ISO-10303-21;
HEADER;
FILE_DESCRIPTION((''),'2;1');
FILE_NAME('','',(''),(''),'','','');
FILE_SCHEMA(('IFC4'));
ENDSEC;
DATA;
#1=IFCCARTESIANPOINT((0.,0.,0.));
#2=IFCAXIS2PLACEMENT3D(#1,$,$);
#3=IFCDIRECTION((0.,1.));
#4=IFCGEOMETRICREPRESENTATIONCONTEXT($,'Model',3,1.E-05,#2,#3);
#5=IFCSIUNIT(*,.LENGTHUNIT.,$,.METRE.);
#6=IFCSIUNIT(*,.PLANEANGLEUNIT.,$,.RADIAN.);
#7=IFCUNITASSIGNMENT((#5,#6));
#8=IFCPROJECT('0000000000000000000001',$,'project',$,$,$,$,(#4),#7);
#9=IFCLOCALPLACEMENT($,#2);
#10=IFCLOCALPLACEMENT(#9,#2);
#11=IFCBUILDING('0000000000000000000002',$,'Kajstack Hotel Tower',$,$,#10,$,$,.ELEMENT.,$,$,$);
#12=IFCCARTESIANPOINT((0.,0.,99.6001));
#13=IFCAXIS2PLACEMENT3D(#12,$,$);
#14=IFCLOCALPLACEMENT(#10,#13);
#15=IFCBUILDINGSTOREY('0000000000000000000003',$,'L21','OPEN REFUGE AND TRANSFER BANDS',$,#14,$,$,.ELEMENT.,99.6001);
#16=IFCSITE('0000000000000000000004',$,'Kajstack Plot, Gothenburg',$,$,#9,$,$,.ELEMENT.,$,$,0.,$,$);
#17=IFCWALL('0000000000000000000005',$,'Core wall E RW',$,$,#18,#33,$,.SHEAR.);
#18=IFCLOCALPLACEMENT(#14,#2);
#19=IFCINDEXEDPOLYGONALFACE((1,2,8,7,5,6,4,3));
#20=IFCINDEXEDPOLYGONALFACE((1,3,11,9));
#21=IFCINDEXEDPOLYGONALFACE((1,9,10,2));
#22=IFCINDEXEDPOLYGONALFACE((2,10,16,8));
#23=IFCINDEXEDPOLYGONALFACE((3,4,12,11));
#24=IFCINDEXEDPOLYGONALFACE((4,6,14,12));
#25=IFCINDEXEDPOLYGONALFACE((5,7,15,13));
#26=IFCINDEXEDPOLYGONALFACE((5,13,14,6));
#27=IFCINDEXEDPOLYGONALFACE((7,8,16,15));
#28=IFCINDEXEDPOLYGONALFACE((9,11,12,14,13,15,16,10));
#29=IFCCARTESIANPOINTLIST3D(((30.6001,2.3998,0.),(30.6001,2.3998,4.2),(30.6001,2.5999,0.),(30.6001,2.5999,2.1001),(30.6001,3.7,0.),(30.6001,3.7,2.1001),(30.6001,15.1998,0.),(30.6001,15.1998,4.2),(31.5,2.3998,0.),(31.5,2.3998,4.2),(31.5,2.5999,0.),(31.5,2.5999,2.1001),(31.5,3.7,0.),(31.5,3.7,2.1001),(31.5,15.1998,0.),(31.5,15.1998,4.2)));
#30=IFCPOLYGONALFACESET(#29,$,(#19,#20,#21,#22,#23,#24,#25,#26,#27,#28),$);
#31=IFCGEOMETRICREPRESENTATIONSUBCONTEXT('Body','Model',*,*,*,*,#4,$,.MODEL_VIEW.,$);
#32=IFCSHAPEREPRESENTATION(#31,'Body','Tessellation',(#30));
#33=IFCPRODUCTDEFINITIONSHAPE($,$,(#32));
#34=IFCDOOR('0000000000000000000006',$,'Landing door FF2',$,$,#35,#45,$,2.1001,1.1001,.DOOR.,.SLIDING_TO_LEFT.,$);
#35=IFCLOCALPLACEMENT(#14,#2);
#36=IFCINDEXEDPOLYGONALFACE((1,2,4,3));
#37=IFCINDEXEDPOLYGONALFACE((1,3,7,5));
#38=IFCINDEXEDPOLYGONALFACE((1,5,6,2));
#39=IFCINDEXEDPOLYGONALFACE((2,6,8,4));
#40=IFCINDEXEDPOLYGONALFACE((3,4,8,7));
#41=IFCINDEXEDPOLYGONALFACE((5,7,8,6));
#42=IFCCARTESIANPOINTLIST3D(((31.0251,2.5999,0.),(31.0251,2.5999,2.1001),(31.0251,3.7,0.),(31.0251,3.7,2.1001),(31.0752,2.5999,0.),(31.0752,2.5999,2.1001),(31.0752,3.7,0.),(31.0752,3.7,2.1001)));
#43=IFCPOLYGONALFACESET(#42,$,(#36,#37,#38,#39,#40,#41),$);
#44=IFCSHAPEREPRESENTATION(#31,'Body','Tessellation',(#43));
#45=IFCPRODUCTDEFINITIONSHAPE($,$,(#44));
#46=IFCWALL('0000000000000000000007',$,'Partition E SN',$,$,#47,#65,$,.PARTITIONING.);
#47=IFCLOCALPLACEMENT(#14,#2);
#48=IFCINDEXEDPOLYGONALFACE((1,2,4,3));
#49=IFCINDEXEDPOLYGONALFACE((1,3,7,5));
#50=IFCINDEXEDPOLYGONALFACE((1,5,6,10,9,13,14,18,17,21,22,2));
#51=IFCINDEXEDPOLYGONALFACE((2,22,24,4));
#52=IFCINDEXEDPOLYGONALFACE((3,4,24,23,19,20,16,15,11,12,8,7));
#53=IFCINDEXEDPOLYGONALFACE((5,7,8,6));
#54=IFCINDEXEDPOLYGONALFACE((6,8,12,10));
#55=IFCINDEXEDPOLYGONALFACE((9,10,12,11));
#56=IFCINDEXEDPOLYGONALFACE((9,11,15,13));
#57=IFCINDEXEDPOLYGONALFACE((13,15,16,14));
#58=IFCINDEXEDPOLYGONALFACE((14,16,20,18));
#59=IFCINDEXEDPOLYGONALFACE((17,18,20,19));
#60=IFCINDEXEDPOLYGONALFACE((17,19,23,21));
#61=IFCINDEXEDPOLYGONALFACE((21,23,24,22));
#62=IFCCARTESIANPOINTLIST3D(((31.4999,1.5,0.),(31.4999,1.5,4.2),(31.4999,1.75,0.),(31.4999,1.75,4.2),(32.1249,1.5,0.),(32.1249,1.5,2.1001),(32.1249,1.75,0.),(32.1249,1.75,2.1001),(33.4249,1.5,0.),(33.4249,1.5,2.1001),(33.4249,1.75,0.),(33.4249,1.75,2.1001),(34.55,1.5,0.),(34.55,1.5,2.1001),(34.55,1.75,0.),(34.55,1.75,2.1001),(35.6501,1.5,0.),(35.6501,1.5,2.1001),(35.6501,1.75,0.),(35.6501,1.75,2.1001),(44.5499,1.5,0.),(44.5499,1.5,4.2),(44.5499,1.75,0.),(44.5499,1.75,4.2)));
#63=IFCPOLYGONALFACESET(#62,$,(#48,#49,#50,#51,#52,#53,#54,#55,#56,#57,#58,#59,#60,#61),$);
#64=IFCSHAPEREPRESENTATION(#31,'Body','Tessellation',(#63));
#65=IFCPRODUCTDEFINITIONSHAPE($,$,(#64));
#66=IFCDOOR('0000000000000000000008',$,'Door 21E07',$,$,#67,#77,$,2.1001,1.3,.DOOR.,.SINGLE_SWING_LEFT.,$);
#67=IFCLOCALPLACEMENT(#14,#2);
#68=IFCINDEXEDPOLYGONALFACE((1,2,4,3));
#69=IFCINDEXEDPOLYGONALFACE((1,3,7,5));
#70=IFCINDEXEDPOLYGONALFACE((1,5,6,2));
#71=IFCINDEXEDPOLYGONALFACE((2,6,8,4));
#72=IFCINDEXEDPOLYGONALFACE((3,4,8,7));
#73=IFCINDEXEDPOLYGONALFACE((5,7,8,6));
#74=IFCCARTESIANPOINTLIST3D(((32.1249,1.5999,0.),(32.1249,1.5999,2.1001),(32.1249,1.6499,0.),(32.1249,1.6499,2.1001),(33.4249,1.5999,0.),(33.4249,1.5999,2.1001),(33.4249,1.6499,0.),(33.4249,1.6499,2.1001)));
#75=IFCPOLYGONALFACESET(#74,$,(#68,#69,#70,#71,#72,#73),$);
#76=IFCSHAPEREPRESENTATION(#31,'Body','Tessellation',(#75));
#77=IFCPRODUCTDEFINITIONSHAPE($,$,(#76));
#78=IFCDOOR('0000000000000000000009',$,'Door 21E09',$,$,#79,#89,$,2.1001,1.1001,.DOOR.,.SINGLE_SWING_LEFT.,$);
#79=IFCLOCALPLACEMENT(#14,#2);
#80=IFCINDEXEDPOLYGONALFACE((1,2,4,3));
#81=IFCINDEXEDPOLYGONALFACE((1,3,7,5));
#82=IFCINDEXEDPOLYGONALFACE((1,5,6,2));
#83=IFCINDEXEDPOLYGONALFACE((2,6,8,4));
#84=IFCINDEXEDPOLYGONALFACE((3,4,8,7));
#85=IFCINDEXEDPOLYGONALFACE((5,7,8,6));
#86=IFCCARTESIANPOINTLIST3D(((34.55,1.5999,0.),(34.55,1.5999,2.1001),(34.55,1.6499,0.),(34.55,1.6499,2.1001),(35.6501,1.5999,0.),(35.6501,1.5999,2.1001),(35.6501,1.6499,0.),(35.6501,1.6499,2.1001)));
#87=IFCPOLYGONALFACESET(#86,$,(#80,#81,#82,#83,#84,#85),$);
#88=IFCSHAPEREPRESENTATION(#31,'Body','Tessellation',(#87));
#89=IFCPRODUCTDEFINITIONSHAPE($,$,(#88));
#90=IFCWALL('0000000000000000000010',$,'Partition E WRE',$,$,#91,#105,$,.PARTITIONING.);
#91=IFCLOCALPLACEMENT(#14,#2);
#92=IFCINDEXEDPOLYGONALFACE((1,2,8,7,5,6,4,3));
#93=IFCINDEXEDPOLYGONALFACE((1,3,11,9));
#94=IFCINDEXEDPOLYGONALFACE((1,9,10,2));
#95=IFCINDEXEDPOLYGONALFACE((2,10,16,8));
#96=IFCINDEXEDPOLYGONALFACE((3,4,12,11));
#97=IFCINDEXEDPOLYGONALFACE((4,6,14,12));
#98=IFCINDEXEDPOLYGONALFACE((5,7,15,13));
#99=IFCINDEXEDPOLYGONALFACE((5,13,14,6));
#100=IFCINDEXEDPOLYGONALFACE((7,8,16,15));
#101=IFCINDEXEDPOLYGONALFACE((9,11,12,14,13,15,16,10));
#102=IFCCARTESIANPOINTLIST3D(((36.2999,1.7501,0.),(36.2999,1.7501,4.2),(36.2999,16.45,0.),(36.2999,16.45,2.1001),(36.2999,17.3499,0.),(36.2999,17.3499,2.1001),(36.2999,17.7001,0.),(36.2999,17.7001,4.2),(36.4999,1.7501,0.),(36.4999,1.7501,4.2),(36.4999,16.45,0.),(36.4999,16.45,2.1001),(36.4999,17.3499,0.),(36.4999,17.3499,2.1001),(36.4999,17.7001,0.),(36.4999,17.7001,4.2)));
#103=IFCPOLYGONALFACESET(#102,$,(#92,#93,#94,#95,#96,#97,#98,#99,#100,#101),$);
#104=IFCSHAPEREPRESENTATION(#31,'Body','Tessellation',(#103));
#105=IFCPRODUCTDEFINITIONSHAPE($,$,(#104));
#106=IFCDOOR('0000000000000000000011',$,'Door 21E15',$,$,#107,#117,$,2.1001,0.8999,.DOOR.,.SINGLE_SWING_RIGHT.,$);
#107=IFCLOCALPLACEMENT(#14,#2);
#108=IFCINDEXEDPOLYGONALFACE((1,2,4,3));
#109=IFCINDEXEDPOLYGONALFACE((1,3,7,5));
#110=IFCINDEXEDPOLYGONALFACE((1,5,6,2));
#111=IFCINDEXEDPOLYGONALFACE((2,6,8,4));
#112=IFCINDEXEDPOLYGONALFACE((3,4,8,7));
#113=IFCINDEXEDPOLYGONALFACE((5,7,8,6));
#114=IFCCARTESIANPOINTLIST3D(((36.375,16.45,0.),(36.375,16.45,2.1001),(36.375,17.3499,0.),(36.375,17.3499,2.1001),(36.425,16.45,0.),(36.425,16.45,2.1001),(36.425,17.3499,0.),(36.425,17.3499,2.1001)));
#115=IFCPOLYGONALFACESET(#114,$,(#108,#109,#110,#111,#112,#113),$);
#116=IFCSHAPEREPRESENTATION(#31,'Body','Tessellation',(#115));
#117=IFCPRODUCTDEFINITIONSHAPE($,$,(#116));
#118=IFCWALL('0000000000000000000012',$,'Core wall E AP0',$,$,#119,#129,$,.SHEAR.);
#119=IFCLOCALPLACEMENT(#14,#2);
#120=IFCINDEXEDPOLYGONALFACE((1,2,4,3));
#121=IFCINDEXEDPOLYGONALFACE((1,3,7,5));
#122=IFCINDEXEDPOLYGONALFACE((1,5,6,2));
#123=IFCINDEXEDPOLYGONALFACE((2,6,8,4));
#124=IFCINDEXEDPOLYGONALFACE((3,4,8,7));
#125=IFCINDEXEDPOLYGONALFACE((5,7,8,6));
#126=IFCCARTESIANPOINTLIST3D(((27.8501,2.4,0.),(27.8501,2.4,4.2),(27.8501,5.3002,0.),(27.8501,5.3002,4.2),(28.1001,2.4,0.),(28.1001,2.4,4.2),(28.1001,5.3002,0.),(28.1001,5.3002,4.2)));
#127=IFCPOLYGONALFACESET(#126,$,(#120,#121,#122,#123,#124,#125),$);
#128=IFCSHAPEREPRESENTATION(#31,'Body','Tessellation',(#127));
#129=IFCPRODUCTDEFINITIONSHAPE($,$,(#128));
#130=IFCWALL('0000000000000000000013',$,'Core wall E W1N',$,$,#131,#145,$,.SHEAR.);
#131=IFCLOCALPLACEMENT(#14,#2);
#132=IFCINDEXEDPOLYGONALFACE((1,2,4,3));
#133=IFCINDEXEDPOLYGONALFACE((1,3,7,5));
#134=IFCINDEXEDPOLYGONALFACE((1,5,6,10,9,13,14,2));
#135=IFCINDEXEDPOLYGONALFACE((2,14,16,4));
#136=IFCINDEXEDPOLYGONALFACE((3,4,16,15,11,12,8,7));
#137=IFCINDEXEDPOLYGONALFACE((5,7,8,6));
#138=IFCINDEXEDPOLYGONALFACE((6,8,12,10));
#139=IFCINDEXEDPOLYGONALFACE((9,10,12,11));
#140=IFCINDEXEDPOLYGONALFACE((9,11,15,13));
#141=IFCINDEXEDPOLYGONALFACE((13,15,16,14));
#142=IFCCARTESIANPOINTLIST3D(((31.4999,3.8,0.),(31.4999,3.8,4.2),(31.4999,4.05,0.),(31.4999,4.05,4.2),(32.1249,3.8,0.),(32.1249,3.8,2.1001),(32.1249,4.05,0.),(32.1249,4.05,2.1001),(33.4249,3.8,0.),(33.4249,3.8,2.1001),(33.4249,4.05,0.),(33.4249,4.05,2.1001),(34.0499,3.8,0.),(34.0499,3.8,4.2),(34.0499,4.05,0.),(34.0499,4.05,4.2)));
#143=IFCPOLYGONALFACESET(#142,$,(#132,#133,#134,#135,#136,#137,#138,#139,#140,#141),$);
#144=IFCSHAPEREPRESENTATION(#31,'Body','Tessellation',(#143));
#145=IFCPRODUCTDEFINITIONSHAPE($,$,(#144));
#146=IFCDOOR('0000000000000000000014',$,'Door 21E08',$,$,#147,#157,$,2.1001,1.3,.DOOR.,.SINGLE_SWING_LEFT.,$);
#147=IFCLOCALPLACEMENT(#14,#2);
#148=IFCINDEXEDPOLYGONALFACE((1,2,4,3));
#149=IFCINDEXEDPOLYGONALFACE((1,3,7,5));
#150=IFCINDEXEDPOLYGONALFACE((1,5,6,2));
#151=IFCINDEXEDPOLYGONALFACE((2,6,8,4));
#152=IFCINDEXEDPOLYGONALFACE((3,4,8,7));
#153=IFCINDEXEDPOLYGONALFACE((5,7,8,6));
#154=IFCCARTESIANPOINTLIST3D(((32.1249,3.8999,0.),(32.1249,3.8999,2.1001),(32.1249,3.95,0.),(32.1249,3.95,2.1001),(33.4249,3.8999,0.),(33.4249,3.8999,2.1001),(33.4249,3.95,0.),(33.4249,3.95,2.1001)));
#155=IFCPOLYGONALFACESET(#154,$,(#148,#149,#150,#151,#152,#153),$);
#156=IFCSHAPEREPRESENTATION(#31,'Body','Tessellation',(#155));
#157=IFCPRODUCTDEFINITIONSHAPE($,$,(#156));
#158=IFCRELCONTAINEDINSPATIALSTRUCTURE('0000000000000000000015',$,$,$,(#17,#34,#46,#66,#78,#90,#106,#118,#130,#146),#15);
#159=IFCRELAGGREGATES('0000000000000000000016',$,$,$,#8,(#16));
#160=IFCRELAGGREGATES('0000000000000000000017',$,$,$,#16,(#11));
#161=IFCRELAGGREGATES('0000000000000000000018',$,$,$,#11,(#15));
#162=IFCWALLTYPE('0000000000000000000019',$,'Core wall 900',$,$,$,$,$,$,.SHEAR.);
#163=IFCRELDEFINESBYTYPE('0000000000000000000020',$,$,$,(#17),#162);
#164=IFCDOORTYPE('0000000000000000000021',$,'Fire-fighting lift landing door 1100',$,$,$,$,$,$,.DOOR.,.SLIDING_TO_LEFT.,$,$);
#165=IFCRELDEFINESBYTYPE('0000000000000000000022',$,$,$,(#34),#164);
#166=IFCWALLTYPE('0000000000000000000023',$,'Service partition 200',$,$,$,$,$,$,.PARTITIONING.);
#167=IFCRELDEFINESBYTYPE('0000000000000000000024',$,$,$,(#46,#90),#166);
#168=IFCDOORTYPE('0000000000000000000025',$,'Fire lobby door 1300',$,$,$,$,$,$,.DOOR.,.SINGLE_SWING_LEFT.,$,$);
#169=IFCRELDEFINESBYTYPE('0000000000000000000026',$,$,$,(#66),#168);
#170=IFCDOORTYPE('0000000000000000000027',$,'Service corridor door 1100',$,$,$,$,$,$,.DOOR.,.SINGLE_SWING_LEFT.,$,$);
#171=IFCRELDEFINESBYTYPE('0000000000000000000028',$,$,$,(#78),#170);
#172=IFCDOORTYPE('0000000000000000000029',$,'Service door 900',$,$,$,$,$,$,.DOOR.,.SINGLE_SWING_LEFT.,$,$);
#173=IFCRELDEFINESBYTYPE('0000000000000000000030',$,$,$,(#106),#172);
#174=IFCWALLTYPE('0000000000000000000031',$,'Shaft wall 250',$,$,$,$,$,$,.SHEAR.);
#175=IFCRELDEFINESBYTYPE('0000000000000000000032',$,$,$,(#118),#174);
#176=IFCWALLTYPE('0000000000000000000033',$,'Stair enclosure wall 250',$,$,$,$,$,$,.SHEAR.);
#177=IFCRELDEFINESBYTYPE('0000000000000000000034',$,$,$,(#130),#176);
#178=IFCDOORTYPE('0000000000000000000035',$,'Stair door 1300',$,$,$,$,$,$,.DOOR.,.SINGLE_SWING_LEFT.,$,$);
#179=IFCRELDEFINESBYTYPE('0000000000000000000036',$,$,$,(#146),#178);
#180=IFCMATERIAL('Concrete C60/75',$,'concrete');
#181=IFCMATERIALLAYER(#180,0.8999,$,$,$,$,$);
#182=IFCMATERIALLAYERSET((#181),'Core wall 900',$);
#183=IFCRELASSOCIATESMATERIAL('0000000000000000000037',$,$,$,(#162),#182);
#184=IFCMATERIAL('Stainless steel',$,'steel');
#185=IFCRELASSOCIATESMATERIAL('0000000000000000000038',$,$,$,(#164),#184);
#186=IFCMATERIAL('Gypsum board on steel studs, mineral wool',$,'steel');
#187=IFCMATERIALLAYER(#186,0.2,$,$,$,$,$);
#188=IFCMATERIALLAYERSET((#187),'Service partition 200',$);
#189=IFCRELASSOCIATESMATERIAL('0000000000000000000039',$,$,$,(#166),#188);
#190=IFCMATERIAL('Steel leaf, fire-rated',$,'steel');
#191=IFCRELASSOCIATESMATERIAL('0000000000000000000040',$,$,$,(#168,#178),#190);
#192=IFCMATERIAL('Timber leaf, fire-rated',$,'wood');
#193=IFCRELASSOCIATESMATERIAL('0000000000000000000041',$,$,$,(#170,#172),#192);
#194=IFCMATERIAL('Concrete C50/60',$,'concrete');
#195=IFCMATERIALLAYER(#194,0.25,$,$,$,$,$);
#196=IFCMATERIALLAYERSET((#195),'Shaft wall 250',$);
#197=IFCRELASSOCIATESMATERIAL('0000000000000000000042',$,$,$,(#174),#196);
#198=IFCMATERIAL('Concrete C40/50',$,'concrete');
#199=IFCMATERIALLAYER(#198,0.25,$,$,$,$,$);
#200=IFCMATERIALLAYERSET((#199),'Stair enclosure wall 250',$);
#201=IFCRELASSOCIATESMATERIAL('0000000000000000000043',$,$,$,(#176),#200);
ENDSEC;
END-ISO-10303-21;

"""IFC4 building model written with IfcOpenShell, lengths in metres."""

from ifc_helpers import new_model, si_unit, direction, frame, frame_2d, origin, place, context, subcontext, project, spatial, rectangle, extrude, material, layer, layer_set, type_object, element, fill, save


model = new_model("IFC4")

# Units and contexts
model_context = context("Model", 3, precision=1e-05, world=origin(), true_north=direction((0.0, 1.0)))
body_context = subcontext(model_context, "Body", "Model", "MODEL_VIEW")
ifc_project = project(units=[si_unit("LENGTHUNIT", "METRE"), si_unit("PLANEANGLEUNIT", "RADIAN")], contexts=[model_context])

# Site, building, storey
site_placement = place(None, origin())
site = spatial("IfcSite", under=ifc_project, at=site_placement, Name="Kajstack Plot, Gothenburg", CompositionType="ELEMENT", RefElevation=0.0)
building_placement = place(site_placement, origin())
building = spatial("IfcBuilding", under=site, at=building_placement, Name="Kajstack Hotel Tower", CompositionType="ELEMENT")
storey_placement = place(building_placement, frame((0.0, 0.0, 99.6001)))
storey = spatial("IfcBuildingStorey", under=building, at=storey_placement, Name="L21", Description="OPEN REFUGE AND TRANSFER BANDS", CompositionType="ELEMENT", Elevation=99.6001)

# Wall, opening, door
ifc_material_1 = material(Name="Concrete C60/75", Category="concrete")
ifc_layer_1 = layer(ifc_material_1, 0.8999)
ifc_layer_set_1 = layer_set([ifc_layer_1], Name="Core wall 900")
wall_type_1 = type_object("IfcWallType", Name="Core wall 900", PredefinedType="SHEAR", material=ifc_layer_set_1)
wall_1_placement = place(storey_placement, frame((31.05, 2.3999, 0.0), z_axis=(0.0, 0.0, 1.0), x_axis=(0.0, 1.0, 0.0)))
wall_1 = element("IfcWall", 1, at=wall_1_placement, inside=storey, type_object=wall_type_1, Name="Core wall E RW", PredefinedType="SHEAR", context=body_context, shape_type="SweptSolid", body=[
    extrude(rectangle(XDim=12.8, YDim=0.8999, at=frame_2d((6.3999, 0.0))), origin(), (0.0, 0.0, 1.0), 4.2),
])
opening_1_placement = place(wall_1_placement, frame((0.2, 0.0, 0.0)))
opening_1 = element("IfcOpeningElement", 2, at=opening_1_placement, cuts=wall_1, PredefinedType="OPENING", context=body_context, shape_type="SweptSolid", body=[
    extrude(rectangle(XDim=1.1001, YDim=2.1001, at=frame_2d((0.55, 1.05))), frame((0.0, 0.46, 0.0), z_axis=(0.0, -1.0, 0.0), x_axis=(1.0, 0.0, 0.0)), (0.0, 0.0, 1.0), 0.9199),
])
ifc_material_2 = material(Name="Stainless steel", Category="steel")
door_type_1 = type_object("IfcDoorType", Name="Fire-fighting lift landing door 1100", OperationType="SLIDING_TO_LEFT", PredefinedType="DOOR", material=ifc_material_2)
door_1_placement = place(opening_1_placement, origin())
door_1 = element("IfcDoor", 3, at=door_1_placement, inside=storey, type_object=door_type_1, Name="Landing door FF2", OperationType="SLIDING_TO_LEFT", OverallHeight=2.1001, OverallWidth=1.1001, PredefinedType="DOOR", context=body_context, shape_type="SweptSolid", body=[
    extrude(rectangle(XDim=1.1001, YDim=2.1001, at=frame_2d((0.55, 1.05))), frame((0.0, 0.0249, 0.0), z_axis=(0.0, -1.0, 0.0), x_axis=(1.0, 0.0, 0.0)), (0.0, 0.0, 1.0), 0.05),
])
fill(opening_1, door_1)

# Wall, openings, doors
ifc_material_3 = material(Name="Gypsum board on steel studs, mineral wool", Category="steel")
ifc_layer_2 = layer(ifc_material_3, 0.2)
ifc_layer_set_2 = layer_set([ifc_layer_2], Name="Service partition 200")
wall_type_2 = type_object("IfcWallType", Name="Service partition 200", PredefinedType="PARTITIONING", material=ifc_layer_set_2)
wall_2_placement = place(storey_placement, frame((31.5, 1.625, 0.0), z_axis=(0.0, 0.0, 1.0), x_axis=(1.0, 0.0, 0.0)))
wall_2 = element("IfcWall", 4, at=wall_2_placement, inside=storey, type_object=wall_type_2, Name="Partition E SN", PredefinedType="PARTITIONING", context=body_context, shape_type="SweptSolid", body=[
    extrude(rectangle(XDim=13.05, YDim=0.25, at=frame_2d((6.5249, 0.0))), origin(), (0.0, 0.0, 1.0), 4.2),
])
opening_2_placement = place(wall_2_placement, frame((0.625, 0.0, 0.0)))
opening_2 = element("IfcOpeningElement", 5, at=opening_2_placement, cuts=wall_2, PredefinedType="OPENING", context=body_context, shape_type="SweptSolid", body=[
    extrude(rectangle(XDim=1.3, YDim=2.1001, at=frame_2d((0.6499, 1.05))), frame((0.0, 0.135, 0.0), z_axis=(0.0, -1.0, 0.0), x_axis=(1.0, 0.0, 0.0)), (0.0, 0.0, 1.0), 0.27),
])
opening_3_placement = place(wall_2_placement, frame((3.05, 0.0, 0.0)))
opening_3 = element("IfcOpeningElement", 6, at=opening_3_placement, cuts=wall_2, PredefinedType="OPENING", context=body_context, shape_type="SweptSolid", body=[
    extrude(rectangle(XDim=1.1001, YDim=2.1001, at=frame_2d((0.55, 1.05))), frame((0.0, 0.135, 0.0), z_axis=(0.0, -1.0, 0.0), x_axis=(1.0, 0.0, 0.0)), (0.0, 0.0, 1.0), 0.27),
])
ifc_material_4 = material(Name="Steel leaf, fire-rated", Category="steel")
door_type_2 = type_object("IfcDoorType", Name="Fire lobby door 1300", OperationType="SINGLE_SWING_LEFT", PredefinedType="DOOR", material=ifc_material_4)
door_2_placement = place(opening_2_placement, origin())
door_2 = element("IfcDoor", 7, at=door_2_placement, inside=storey, type_object=door_type_2, Name="Door 21E07", OperationType="SINGLE_SWING_LEFT", OverallHeight=2.1001, OverallWidth=1.3, PredefinedType="DOOR", context=body_context, shape_type="SweptSolid", body=[
    extrude(rectangle(XDim=1.3, YDim=2.1001, at=frame_2d((0.6499, 1.05))), frame((0.0, 0.0249, 0.0), z_axis=(0.0, -1.0, 0.0), x_axis=(1.0, 0.0, 0.0)), (0.0, 0.0, 1.0), 0.05),
])
fill(opening_2, door_2)
ifc_material_5 = material(Name="Timber leaf, fire-rated", Category="wood")
door_type_3 = type_object("IfcDoorType", Name="Service corridor door 1100", OperationType="SINGLE_SWING_LEFT", PredefinedType="DOOR", material=ifc_material_5)
door_3_placement = place(opening_3_placement, origin())
door_3 = element("IfcDoor", 8, at=door_3_placement, inside=storey, type_object=door_type_3, Name="Door 21E09", OperationType="SINGLE_SWING_LEFT", OverallHeight=2.1001, OverallWidth=1.1001, PredefinedType="DOOR", context=body_context, shape_type="SweptSolid", body=[
    extrude(rectangle(XDim=1.1001, YDim=2.1001, at=frame_2d((0.55, 1.05))), frame((0.0, 0.0249, 0.0), z_axis=(0.0, -1.0, 0.0), x_axis=(1.0, 0.0, 0.0)), (0.0, 0.0, 1.0), 0.05),
])
fill(opening_3, door_3)

# Wall, opening, door
wall_3_placement = place(storey_placement, frame((36.3999, 1.75, 0.0), z_axis=(0.0, 0.0, 1.0), x_axis=(0.0, 1.0, 0.0)))
wall_3 = element("IfcWall", 9, at=wall_3_placement, inside=storey, type_object=wall_type_2, Name="Partition E WRE", PredefinedType="PARTITIONING", context=body_context, shape_type="SweptSolid", body=[
    extrude(rectangle(XDim=15.95, YDim=0.2, at=frame_2d((7.9751, 0.0))), origin(), (0.0, 0.0, 1.0), 4.2),
])
opening_4_placement = place(wall_3_placement, frame((14.7, 0.0, 0.0)))
opening_4 = element("IfcOpeningElement", 10, at=opening_4_placement, cuts=wall_3, PredefinedType="OPENING", context=body_context, shape_type="SweptSolid", body=[
    extrude(rectangle(XDim=0.8999, YDim=2.1001, at=frame_2d((0.45, 1.05))), frame((0.0, 0.1099, 0.0), z_axis=(0.0, -1.0, 0.0), x_axis=(1.0, 0.0, 0.0)), (0.0, 0.0, 1.0), 0.22),
])
door_type_4 = type_object("IfcDoorType", Name="Service door 900", OperationType="SINGLE_SWING_LEFT", PredefinedType="DOOR", material=ifc_material_5)
door_4_placement = place(opening_4_placement, origin())
door_4 = element("IfcDoor", 11, at=door_4_placement, inside=storey, type_object=door_type_4, Name="Door 21E15", OperationType="SINGLE_SWING_RIGHT", OverallHeight=2.1001, OverallWidth=0.8999, PredefinedType="DOOR", context=body_context, shape_type="SweptSolid", body=[
    extrude(rectangle(XDim=0.8999, YDim=2.1001, at=frame_2d((0.45, 1.05))), frame((0.0, 0.0249, 0.0), z_axis=(0.0, -1.0, 0.0), x_axis=(1.0, 0.0, 0.0)), (0.0, 0.0, 1.0), 0.05),
])
fill(opening_4, door_4)

# Wall
ifc_material_6 = material(Name="Concrete C50/60", Category="concrete")
ifc_layer_3 = layer(ifc_material_6, 0.25)
ifc_layer_set_3 = layer_set([ifc_layer_3], Name="Shaft wall 250")
wall_type_3 = type_object("IfcWallType", Name="Shaft wall 250", PredefinedType="SHEAR", material=ifc_layer_set_3)
wall_4_placement = place(storey_placement, frame((27.9751, 2.3999, 0.0), z_axis=(0.0, 0.0, 1.0), x_axis=(0.0, 1.0, 0.0)))
element("IfcWall", 12, at=wall_4_placement, inside=storey, type_object=wall_type_3, Name="Core wall E AP0", PredefinedType="SHEAR", context=body_context, shape_type="SweptSolid", body=[
    extrude(rectangle(XDim=2.9001, YDim=0.25, at=frame_2d((1.4502, 0.0))), origin(), (0.0, 0.0, 1.0), 4.2),
])

# Wall, opening, door
ifc_material_7 = material(Name="Concrete C40/50", Category="concrete")
ifc_layer_4 = layer(ifc_material_7, 0.25)
ifc_layer_set_4 = layer_set([ifc_layer_4], Name="Stair enclosure wall 250")
wall_type_4 = type_object("IfcWallType", Name="Stair enclosure wall 250", PredefinedType="SHEAR", material=ifc_layer_set_4)
wall_5_placement = place(storey_placement, frame((31.5, 3.925, 0.0), z_axis=(0.0, 0.0, 1.0), x_axis=(1.0, 0.0, 0.0)))
wall_5 = element("IfcWall", 13, at=wall_5_placement, inside=storey, type_object=wall_type_4, Name="Core wall E W1N", PredefinedType="SHEAR", context=body_context, shape_type="SweptSolid", body=[
    extrude(rectangle(XDim=2.55, YDim=0.25, at=frame_2d((1.2749, 0.0))), origin(), (0.0, 0.0, 1.0), 4.2),
])
opening_5_placement = place(wall_5_placement, frame((0.625, 0.0, 0.0)))
opening_5 = element("IfcOpeningElement", 14, at=opening_5_placement, cuts=wall_5, PredefinedType="OPENING", context=body_context, shape_type="SweptSolid", body=[
    extrude(rectangle(XDim=1.3, YDim=2.1001, at=frame_2d((0.6499, 1.05))), frame((0.0, 0.135, 0.0), z_axis=(0.0, -1.0, 0.0), x_axis=(1.0, 0.0, 0.0)), (0.0, 0.0, 1.0), 0.27),
])
door_type_5 = type_object("IfcDoorType", Name="Stair door 1300", OperationType="SINGLE_SWING_LEFT", PredefinedType="DOOR", material=ifc_material_4)
door_5_placement = place(opening_5_placement, origin())
door_5 = element("IfcDoor", 15, at=door_5_placement, inside=storey, type_object=door_type_5, Name="Door 21E08", OperationType="SINGLE_SWING_LEFT", OverallHeight=2.1001, OverallWidth=1.3, PredefinedType="DOOR", context=body_context, shape_type="SweptSolid", body=[
    extrude(rectangle(XDim=1.3, YDim=2.1001, at=frame_2d((0.6499, 1.05))), frame((0.0, 0.0249, 0.0), z_axis=(0.0, -1.0, 0.0), x_axis=(1.0, 0.0, 0.0)), (0.0, 0.0, 1.0), 0.05),
])
fill(opening_5, door_5)

save(model, "model.ifc")
